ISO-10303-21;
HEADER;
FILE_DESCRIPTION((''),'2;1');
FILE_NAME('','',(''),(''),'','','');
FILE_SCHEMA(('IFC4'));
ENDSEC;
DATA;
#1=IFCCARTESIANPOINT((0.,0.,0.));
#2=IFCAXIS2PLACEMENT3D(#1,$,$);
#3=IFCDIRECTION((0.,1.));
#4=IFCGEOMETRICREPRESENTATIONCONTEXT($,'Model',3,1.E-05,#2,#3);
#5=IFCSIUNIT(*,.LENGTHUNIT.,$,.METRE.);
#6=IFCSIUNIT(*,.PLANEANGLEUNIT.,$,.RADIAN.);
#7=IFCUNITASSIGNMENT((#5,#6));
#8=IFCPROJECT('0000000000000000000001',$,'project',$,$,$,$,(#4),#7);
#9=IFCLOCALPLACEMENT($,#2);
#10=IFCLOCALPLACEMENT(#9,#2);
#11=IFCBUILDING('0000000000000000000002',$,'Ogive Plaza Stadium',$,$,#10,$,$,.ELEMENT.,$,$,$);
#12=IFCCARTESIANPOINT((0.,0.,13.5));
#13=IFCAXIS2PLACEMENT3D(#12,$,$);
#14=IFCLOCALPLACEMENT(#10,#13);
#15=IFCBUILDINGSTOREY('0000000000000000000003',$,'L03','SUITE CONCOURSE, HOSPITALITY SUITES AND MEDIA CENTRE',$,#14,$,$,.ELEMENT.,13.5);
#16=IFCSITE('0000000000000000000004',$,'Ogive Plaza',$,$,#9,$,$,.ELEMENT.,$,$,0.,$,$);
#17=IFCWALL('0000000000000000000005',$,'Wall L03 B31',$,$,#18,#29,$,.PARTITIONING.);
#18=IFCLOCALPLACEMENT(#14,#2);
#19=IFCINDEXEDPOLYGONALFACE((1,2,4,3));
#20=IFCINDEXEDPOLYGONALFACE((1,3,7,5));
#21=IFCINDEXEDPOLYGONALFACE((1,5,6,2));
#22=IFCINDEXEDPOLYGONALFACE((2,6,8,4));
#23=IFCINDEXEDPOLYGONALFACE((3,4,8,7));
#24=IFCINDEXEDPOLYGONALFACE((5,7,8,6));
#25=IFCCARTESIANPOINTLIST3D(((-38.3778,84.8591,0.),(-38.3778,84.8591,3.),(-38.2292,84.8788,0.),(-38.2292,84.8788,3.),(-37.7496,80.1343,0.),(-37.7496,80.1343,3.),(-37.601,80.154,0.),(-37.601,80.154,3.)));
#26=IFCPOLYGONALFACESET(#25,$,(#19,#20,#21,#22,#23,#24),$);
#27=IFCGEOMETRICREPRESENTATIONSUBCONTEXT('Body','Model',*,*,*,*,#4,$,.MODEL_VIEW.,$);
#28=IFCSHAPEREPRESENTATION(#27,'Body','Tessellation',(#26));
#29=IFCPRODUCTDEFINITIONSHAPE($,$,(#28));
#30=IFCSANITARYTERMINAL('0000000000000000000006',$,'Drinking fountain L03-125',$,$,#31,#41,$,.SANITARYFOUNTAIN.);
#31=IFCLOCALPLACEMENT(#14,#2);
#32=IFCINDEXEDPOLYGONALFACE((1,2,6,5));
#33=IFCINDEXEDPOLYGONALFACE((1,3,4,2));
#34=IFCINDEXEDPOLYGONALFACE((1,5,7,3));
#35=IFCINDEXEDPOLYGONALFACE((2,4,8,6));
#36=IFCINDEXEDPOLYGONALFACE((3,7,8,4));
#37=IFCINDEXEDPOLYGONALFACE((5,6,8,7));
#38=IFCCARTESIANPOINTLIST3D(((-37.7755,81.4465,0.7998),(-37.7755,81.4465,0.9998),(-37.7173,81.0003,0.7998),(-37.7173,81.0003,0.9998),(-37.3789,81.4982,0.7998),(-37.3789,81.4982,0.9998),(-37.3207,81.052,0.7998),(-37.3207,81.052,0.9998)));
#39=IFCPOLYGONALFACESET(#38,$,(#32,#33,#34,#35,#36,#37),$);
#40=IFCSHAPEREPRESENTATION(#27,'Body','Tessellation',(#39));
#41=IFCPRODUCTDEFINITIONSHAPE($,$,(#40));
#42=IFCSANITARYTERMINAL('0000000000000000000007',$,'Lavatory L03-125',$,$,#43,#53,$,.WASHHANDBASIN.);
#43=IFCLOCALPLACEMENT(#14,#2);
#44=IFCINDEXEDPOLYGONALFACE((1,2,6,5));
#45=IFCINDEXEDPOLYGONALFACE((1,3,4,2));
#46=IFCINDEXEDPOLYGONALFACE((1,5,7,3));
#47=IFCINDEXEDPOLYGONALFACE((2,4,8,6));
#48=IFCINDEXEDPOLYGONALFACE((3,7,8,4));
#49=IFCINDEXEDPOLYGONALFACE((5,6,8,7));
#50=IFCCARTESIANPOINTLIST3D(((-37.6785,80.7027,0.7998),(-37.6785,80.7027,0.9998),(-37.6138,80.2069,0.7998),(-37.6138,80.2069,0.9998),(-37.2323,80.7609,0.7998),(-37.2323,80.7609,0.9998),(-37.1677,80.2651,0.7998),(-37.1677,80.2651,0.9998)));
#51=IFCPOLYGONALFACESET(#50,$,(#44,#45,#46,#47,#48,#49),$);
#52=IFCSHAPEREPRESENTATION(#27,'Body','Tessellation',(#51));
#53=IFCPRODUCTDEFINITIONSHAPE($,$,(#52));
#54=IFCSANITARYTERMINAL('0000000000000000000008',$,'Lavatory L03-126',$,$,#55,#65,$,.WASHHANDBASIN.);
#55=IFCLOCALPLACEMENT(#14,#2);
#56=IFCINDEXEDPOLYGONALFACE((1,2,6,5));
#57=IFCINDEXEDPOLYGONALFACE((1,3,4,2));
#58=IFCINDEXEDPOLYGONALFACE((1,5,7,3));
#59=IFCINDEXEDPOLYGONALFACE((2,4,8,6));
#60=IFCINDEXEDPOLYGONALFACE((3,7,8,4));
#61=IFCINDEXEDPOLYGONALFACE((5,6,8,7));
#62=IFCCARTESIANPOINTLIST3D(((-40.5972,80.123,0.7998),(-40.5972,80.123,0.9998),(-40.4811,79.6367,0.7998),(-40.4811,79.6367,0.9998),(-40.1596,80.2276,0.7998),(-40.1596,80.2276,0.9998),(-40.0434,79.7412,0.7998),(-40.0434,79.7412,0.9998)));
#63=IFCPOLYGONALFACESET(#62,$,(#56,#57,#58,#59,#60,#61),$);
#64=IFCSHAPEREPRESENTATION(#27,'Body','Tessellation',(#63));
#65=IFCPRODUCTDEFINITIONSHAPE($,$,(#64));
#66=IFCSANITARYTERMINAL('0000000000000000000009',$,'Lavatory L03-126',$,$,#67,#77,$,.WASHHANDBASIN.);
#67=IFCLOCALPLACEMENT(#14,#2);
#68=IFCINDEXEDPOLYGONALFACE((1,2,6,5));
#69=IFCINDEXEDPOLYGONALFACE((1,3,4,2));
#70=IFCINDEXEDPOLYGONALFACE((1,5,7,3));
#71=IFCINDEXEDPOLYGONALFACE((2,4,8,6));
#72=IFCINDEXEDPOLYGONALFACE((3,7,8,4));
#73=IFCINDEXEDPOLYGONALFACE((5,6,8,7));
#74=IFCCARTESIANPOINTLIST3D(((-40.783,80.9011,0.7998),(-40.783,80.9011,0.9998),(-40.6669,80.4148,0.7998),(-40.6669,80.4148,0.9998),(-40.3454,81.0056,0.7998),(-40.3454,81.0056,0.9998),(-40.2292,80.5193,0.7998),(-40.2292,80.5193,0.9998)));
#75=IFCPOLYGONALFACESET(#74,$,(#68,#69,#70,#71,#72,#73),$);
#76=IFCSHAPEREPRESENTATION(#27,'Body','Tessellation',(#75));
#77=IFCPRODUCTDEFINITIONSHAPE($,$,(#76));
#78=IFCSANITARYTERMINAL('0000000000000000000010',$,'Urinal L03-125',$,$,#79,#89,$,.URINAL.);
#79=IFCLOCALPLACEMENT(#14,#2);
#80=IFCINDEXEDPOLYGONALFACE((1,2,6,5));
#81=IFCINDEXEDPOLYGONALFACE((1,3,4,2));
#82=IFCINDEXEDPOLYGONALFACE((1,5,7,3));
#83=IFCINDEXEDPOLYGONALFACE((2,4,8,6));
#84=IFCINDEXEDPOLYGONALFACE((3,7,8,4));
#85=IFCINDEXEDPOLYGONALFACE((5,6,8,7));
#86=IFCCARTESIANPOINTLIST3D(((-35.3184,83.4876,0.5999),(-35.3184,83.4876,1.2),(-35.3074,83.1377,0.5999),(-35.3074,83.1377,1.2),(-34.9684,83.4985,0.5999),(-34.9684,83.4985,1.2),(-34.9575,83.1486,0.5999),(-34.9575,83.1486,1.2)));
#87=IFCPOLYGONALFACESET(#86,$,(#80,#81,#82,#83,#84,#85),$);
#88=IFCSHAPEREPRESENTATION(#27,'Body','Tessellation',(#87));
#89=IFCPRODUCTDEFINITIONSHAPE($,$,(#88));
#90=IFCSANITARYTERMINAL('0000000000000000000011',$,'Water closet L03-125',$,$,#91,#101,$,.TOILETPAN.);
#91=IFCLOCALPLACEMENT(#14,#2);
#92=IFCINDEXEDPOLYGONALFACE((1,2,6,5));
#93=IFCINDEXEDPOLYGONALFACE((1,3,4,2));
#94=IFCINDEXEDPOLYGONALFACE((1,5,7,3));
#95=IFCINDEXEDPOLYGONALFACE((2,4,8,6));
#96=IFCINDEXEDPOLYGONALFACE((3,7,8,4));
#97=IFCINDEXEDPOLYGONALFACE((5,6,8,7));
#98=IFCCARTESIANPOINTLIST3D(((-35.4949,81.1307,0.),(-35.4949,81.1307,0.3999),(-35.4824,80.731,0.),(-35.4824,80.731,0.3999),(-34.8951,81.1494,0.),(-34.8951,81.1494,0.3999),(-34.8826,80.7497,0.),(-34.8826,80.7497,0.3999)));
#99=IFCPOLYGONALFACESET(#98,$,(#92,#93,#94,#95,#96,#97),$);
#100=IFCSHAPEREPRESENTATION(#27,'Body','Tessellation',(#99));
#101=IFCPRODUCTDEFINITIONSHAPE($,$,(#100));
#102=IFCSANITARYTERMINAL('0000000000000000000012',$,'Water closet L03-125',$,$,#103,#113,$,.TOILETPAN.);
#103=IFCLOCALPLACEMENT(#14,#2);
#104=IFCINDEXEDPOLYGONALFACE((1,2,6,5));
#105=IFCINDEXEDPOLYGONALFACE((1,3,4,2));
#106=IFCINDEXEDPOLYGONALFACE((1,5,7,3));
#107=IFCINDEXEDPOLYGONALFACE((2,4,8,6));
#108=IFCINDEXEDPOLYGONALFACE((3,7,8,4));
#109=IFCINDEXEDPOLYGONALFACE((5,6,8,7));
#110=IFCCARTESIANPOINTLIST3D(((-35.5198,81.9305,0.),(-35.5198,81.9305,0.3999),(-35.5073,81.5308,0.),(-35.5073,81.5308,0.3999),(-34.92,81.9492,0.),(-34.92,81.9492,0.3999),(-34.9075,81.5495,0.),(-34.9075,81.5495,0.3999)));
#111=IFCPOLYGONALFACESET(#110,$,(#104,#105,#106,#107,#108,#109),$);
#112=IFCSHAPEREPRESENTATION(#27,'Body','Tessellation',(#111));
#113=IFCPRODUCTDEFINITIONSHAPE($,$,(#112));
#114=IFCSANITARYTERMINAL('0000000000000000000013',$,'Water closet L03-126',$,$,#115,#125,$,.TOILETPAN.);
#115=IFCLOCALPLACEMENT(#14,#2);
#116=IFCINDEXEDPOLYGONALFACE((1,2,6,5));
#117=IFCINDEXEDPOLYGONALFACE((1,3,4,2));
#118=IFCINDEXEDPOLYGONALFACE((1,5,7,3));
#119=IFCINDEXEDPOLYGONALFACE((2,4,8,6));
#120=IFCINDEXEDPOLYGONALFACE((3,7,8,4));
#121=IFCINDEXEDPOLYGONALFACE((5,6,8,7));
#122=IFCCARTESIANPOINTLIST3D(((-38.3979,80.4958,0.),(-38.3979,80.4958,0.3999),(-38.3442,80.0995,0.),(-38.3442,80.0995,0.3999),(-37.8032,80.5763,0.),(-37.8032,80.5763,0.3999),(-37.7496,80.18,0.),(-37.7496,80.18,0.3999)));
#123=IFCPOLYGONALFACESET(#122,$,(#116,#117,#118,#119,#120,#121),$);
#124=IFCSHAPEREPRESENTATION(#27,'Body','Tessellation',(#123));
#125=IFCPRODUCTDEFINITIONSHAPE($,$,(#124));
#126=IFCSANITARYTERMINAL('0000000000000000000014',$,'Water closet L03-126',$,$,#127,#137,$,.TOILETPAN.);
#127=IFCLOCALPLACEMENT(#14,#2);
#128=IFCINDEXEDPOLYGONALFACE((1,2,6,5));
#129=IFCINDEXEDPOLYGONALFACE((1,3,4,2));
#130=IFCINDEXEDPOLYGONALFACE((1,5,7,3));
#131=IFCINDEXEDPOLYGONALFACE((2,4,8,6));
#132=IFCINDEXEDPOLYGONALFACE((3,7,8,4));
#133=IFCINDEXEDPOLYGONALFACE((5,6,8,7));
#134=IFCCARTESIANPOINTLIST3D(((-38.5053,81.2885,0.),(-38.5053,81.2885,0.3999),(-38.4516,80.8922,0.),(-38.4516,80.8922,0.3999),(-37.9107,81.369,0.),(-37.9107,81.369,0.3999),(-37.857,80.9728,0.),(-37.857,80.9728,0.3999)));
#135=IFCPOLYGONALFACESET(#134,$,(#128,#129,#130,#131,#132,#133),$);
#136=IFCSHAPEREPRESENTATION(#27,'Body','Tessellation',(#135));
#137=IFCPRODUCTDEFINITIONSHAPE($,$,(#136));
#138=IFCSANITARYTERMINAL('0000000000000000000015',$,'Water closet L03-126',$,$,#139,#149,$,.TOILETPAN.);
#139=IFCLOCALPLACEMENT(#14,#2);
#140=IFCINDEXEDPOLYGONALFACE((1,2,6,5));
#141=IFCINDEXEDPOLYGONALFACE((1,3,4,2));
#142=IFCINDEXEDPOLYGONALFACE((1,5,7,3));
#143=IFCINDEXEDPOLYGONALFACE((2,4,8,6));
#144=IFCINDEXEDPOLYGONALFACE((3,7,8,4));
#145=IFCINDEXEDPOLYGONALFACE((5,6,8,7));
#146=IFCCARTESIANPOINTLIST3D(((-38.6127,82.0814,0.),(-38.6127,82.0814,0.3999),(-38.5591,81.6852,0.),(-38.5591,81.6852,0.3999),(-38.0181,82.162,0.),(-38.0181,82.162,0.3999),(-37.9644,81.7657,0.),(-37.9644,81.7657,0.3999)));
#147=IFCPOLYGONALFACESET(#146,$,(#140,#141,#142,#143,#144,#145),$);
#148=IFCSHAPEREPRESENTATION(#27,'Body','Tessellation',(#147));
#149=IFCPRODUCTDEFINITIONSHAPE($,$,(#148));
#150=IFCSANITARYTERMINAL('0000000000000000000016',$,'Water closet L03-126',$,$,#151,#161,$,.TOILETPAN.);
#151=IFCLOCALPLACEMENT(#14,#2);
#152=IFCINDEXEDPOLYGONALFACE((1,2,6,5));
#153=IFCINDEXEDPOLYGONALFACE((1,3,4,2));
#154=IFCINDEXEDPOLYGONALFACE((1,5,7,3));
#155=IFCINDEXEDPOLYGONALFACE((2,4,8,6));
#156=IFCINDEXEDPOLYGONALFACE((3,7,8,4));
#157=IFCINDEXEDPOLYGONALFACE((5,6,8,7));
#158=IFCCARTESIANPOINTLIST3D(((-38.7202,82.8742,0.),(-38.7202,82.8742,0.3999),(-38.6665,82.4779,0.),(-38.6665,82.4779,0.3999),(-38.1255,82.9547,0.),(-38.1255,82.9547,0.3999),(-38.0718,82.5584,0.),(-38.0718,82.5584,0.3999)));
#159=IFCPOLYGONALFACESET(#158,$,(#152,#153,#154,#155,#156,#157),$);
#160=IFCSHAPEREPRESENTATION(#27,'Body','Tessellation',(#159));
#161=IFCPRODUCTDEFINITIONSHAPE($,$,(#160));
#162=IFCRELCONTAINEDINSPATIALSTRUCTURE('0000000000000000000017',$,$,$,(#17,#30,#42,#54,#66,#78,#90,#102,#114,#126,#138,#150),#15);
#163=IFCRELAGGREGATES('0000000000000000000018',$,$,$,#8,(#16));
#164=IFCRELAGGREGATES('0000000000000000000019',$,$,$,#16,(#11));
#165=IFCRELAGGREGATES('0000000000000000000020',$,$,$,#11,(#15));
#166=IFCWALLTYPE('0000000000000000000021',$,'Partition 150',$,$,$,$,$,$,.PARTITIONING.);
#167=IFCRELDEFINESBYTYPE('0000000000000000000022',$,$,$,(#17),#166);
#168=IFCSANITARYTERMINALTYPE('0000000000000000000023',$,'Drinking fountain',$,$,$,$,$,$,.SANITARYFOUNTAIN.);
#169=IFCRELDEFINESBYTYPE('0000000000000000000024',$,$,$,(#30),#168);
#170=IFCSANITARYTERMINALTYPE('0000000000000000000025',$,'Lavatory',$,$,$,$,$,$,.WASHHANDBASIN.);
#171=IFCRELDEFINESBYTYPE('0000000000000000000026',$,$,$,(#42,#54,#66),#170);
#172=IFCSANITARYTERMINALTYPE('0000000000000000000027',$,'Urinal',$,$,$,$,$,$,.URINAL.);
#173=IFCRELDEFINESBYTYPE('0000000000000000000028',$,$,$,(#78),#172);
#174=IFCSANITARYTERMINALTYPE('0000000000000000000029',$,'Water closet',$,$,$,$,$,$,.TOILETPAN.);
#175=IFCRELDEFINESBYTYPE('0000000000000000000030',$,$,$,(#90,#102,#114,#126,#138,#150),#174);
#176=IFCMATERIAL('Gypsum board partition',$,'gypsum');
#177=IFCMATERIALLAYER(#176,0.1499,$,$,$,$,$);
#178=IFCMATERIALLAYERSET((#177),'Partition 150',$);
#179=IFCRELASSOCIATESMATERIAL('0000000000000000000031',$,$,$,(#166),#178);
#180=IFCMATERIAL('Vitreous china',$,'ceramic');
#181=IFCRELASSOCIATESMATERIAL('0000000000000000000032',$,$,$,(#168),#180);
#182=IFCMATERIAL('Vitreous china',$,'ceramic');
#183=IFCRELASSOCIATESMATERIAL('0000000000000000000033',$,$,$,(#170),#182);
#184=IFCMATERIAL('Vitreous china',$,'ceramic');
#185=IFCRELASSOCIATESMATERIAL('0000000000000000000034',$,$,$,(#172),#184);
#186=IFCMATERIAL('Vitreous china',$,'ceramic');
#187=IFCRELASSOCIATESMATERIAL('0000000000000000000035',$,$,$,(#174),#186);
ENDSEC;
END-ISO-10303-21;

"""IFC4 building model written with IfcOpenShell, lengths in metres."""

from ifc_helpers import new_model, si_unit, direction, frame, frame_2d, origin, origin_2d, place, context, subcontext, project, spatial, rectangle, extrude, material, layer, layer_set, type_object, element, save


model = new_model("IFC4")

# Units and contexts
model_context = context("Model", 3, precision=1e-05, world=origin(), true_north=direction((0.0, 1.0)))
body_context = subcontext(model_context, "Body", "Model", "MODEL_VIEW")
ifc_project = project(units=[si_unit("LENGTHUNIT", "METRE"), si_unit("PLANEANGLEUNIT", "RADIAN")], contexts=[model_context])

# Site, building, storey
site_placement = place(None, origin())
site = spatial("IfcSite", under=ifc_project, at=site_placement, Name="Ogive Plaza", CompositionType="ELEMENT", RefElevation=0.0)
building_placement = place(site_placement, origin())
building = spatial("IfcBuilding", under=site, at=building_placement, Name="Ogive Plaza Stadium", CompositionType="ELEMENT")
storey_placement = place(building_placement, frame((0.0, 0.0, 13.5)))
storey = spatial("IfcBuildingStorey", under=building, at=storey_placement, Name="L03", Description="SUITE CONCOURSE, HOSPITALITY SUITES AND MEDIA CENTRE", CompositionType="ELEMENT", Elevation=13.5)

# Wall
ifc_material_1 = material(Name="Gypsum board partition", Category="gypsum")
ifc_layer_1 = layer(ifc_material_1, 0.1499)
ifc_layer_set_1 = layer_set([ifc_layer_1], Name="Partition 150")
wall_type = type_object("IfcWallType", Name="Partition 150", PredefinedType="PARTITIONING", material=ifc_layer_set_1)
wall_placement = place(storey_placement, frame((-37.6753, 80.144, 0.0), z_axis=(0.0, 0.0, 1.0), x_axis=(-0.131791, 0.991277, 0.0)))
element("IfcWall", 1, at=wall_placement, inside=storey, type_object=wall_type, Name="Wall L03 B31", PredefinedType="PARTITIONING", context=body_context, shape_type="SweptSolid", body=[
    extrude(rectangle(XDim=4.7664, YDim=0.1499, at=frame_2d((2.3833, 0.0))), origin(), (0.0, 0.0, 1.0), 3.0),
])

# Sanitary terminals
ifc_material_2 = material(Name="Vitreous china", Category="ceramic")
sanitary_terminal_type_1 = type_object("IfcSanitaryTerminalType", Name="Drinking fountain", PredefinedType="SANITARYFOUNTAIN", material=ifc_material_2)
sanitary_terminal_1_placement = place(storey_placement, frame((-37.5481, 81.2493, 0.7998), z_axis=(0.0, 0.0, 1.0), x_axis=(-0.129337, 0.991601, 0.0)))
element("IfcSanitaryTerminal", 2, at=sanitary_terminal_1_placement, inside=storey, type_object=sanitary_terminal_type_1, Name="Drinking fountain L03-125", PredefinedType="SANITARYFOUNTAIN", context=body_context, shape_type="SweptSolid", body=[
    extrude(rectangle(XDim=0.45, YDim=0.3999, at=origin_2d()), origin(), (0.0, 0.0, 1.0), 0.2),
])
ifc_material_3 = material(Name="Vitreous china", Category="ceramic")
sanitary_terminal_type_2 = type_object("IfcSanitaryTerminalType", Name="Lavatory", PredefinedType="WASHHANDBASIN", material=ifc_material_3)
for number, where, z_axis, x_axis, name in (
    (3, (-37.4231, 80.4839, 0.7998), (0.0, 0.0, 1.0), (-0.129337, 0.991601, 0.0), "Lavatory L03-125"),
    (4, (-40.3203, 79.9321, 0.7998), (0.0, 0.0, 1.0), (-0.232295, 0.972645, 0.0), "Lavatory L03-126"),
    (5, (-40.5061, 80.7102, 0.7998), (0.0, 0.0, 1.0), (-0.232295, 0.972645, 0.0), "Lavatory L03-126"),
):
    element("IfcSanitaryTerminal", number, at=place(storey_placement, frame(where, z_axis=z_axis, x_axis=x_axis)), inside=storey, type_object=sanitary_terminal_type_2, Name=name, PredefinedType="WASHHANDBASIN", context=body_context, shape_type="SweptSolid", body=[
        extrude(rectangle(XDim=0.5, YDim=0.45, at=origin_2d()), origin(), (0.0, 0.0, 1.0), 0.2),
    ])
ifc_material_4 = material(Name="Vitreous china", Category="ceramic")
sanitary_terminal_type_3 = type_object("IfcSanitaryTerminalType", Name="Urinal", PredefinedType="URINAL", material=ifc_material_4)
sanitary_terminal_2_placement = place(storey_placement, frame((-35.1379, 83.3181, 0.5999), z_axis=(0.0, 0.0, 1.0), x_axis=(-0.031226, 0.999512, 0.0)))
element("IfcSanitaryTerminal", 6, at=sanitary_terminal_2_placement, inside=storey, type_object=sanitary_terminal_type_3, Name="Urinal L03-125", PredefinedType="URINAL", context=body_context, shape_type="SweptSolid", body=[
    extrude(rectangle(XDim=0.3501, YDim=0.3501, at=origin_2d()), origin(), (0.0, 0.0, 1.0), 0.6001),
])
ifc_material_5 = material(Name="Vitreous china", Category="ceramic")
sanitary_terminal_type_4 = type_object("IfcSanitaryTerminalType", Name="Water closet", PredefinedType="TOILETPAN", material=ifc_material_5)
for number, where, z_axis, x_axis, name in (
    (7, (-35.1887, 80.9402, 0.0), (0.0, 0.0, 1.0), (-0.031226, 0.999512, 0.0), "Water closet L03-125"),
    (8, (-35.2136, 81.74, 0.0), (0.0, 0.0, 1.0), (-0.031226, 0.999512, 0.0), "Water closet L03-125"),
    (9, (-38.0737, 80.3379, 0.0), (0.0, 0.0, 1.0), (-0.134239, 0.990949, 0.0), "Water closet L03-126"),
    (10, (-38.1812, 81.1306, 0.0), (0.0, 0.0, 1.0), (-0.134239, 0.990949, 0.0), "Water closet L03-126"),
    (11, (-38.2886, 81.9236, 0.0), (0.0, 0.0, 1.0), (-0.134239, 0.990949, 0.0), "Water closet L03-126"),
    (12, (-38.396, 82.7163, 0.0), (0.0, 0.0, 1.0), (-0.134239, 0.990949, 0.0), "Water closet L03-126"),
):
    element("IfcSanitaryTerminal", number, at=place(storey_placement, frame(where, z_axis=z_axis, x_axis=x_axis)), inside=storey, type_object=sanitary_terminal_type_4, Name=name, PredefinedType="TOILETPAN", context=body_context, shape_type="SweptSolid", body=[
        extrude(rectangle(XDim=0.3999, YDim=0.6001, at=origin_2d()), origin(), (0.0, 0.0, 1.0), 0.3999),
    ])

save(model, "model.ifc")
